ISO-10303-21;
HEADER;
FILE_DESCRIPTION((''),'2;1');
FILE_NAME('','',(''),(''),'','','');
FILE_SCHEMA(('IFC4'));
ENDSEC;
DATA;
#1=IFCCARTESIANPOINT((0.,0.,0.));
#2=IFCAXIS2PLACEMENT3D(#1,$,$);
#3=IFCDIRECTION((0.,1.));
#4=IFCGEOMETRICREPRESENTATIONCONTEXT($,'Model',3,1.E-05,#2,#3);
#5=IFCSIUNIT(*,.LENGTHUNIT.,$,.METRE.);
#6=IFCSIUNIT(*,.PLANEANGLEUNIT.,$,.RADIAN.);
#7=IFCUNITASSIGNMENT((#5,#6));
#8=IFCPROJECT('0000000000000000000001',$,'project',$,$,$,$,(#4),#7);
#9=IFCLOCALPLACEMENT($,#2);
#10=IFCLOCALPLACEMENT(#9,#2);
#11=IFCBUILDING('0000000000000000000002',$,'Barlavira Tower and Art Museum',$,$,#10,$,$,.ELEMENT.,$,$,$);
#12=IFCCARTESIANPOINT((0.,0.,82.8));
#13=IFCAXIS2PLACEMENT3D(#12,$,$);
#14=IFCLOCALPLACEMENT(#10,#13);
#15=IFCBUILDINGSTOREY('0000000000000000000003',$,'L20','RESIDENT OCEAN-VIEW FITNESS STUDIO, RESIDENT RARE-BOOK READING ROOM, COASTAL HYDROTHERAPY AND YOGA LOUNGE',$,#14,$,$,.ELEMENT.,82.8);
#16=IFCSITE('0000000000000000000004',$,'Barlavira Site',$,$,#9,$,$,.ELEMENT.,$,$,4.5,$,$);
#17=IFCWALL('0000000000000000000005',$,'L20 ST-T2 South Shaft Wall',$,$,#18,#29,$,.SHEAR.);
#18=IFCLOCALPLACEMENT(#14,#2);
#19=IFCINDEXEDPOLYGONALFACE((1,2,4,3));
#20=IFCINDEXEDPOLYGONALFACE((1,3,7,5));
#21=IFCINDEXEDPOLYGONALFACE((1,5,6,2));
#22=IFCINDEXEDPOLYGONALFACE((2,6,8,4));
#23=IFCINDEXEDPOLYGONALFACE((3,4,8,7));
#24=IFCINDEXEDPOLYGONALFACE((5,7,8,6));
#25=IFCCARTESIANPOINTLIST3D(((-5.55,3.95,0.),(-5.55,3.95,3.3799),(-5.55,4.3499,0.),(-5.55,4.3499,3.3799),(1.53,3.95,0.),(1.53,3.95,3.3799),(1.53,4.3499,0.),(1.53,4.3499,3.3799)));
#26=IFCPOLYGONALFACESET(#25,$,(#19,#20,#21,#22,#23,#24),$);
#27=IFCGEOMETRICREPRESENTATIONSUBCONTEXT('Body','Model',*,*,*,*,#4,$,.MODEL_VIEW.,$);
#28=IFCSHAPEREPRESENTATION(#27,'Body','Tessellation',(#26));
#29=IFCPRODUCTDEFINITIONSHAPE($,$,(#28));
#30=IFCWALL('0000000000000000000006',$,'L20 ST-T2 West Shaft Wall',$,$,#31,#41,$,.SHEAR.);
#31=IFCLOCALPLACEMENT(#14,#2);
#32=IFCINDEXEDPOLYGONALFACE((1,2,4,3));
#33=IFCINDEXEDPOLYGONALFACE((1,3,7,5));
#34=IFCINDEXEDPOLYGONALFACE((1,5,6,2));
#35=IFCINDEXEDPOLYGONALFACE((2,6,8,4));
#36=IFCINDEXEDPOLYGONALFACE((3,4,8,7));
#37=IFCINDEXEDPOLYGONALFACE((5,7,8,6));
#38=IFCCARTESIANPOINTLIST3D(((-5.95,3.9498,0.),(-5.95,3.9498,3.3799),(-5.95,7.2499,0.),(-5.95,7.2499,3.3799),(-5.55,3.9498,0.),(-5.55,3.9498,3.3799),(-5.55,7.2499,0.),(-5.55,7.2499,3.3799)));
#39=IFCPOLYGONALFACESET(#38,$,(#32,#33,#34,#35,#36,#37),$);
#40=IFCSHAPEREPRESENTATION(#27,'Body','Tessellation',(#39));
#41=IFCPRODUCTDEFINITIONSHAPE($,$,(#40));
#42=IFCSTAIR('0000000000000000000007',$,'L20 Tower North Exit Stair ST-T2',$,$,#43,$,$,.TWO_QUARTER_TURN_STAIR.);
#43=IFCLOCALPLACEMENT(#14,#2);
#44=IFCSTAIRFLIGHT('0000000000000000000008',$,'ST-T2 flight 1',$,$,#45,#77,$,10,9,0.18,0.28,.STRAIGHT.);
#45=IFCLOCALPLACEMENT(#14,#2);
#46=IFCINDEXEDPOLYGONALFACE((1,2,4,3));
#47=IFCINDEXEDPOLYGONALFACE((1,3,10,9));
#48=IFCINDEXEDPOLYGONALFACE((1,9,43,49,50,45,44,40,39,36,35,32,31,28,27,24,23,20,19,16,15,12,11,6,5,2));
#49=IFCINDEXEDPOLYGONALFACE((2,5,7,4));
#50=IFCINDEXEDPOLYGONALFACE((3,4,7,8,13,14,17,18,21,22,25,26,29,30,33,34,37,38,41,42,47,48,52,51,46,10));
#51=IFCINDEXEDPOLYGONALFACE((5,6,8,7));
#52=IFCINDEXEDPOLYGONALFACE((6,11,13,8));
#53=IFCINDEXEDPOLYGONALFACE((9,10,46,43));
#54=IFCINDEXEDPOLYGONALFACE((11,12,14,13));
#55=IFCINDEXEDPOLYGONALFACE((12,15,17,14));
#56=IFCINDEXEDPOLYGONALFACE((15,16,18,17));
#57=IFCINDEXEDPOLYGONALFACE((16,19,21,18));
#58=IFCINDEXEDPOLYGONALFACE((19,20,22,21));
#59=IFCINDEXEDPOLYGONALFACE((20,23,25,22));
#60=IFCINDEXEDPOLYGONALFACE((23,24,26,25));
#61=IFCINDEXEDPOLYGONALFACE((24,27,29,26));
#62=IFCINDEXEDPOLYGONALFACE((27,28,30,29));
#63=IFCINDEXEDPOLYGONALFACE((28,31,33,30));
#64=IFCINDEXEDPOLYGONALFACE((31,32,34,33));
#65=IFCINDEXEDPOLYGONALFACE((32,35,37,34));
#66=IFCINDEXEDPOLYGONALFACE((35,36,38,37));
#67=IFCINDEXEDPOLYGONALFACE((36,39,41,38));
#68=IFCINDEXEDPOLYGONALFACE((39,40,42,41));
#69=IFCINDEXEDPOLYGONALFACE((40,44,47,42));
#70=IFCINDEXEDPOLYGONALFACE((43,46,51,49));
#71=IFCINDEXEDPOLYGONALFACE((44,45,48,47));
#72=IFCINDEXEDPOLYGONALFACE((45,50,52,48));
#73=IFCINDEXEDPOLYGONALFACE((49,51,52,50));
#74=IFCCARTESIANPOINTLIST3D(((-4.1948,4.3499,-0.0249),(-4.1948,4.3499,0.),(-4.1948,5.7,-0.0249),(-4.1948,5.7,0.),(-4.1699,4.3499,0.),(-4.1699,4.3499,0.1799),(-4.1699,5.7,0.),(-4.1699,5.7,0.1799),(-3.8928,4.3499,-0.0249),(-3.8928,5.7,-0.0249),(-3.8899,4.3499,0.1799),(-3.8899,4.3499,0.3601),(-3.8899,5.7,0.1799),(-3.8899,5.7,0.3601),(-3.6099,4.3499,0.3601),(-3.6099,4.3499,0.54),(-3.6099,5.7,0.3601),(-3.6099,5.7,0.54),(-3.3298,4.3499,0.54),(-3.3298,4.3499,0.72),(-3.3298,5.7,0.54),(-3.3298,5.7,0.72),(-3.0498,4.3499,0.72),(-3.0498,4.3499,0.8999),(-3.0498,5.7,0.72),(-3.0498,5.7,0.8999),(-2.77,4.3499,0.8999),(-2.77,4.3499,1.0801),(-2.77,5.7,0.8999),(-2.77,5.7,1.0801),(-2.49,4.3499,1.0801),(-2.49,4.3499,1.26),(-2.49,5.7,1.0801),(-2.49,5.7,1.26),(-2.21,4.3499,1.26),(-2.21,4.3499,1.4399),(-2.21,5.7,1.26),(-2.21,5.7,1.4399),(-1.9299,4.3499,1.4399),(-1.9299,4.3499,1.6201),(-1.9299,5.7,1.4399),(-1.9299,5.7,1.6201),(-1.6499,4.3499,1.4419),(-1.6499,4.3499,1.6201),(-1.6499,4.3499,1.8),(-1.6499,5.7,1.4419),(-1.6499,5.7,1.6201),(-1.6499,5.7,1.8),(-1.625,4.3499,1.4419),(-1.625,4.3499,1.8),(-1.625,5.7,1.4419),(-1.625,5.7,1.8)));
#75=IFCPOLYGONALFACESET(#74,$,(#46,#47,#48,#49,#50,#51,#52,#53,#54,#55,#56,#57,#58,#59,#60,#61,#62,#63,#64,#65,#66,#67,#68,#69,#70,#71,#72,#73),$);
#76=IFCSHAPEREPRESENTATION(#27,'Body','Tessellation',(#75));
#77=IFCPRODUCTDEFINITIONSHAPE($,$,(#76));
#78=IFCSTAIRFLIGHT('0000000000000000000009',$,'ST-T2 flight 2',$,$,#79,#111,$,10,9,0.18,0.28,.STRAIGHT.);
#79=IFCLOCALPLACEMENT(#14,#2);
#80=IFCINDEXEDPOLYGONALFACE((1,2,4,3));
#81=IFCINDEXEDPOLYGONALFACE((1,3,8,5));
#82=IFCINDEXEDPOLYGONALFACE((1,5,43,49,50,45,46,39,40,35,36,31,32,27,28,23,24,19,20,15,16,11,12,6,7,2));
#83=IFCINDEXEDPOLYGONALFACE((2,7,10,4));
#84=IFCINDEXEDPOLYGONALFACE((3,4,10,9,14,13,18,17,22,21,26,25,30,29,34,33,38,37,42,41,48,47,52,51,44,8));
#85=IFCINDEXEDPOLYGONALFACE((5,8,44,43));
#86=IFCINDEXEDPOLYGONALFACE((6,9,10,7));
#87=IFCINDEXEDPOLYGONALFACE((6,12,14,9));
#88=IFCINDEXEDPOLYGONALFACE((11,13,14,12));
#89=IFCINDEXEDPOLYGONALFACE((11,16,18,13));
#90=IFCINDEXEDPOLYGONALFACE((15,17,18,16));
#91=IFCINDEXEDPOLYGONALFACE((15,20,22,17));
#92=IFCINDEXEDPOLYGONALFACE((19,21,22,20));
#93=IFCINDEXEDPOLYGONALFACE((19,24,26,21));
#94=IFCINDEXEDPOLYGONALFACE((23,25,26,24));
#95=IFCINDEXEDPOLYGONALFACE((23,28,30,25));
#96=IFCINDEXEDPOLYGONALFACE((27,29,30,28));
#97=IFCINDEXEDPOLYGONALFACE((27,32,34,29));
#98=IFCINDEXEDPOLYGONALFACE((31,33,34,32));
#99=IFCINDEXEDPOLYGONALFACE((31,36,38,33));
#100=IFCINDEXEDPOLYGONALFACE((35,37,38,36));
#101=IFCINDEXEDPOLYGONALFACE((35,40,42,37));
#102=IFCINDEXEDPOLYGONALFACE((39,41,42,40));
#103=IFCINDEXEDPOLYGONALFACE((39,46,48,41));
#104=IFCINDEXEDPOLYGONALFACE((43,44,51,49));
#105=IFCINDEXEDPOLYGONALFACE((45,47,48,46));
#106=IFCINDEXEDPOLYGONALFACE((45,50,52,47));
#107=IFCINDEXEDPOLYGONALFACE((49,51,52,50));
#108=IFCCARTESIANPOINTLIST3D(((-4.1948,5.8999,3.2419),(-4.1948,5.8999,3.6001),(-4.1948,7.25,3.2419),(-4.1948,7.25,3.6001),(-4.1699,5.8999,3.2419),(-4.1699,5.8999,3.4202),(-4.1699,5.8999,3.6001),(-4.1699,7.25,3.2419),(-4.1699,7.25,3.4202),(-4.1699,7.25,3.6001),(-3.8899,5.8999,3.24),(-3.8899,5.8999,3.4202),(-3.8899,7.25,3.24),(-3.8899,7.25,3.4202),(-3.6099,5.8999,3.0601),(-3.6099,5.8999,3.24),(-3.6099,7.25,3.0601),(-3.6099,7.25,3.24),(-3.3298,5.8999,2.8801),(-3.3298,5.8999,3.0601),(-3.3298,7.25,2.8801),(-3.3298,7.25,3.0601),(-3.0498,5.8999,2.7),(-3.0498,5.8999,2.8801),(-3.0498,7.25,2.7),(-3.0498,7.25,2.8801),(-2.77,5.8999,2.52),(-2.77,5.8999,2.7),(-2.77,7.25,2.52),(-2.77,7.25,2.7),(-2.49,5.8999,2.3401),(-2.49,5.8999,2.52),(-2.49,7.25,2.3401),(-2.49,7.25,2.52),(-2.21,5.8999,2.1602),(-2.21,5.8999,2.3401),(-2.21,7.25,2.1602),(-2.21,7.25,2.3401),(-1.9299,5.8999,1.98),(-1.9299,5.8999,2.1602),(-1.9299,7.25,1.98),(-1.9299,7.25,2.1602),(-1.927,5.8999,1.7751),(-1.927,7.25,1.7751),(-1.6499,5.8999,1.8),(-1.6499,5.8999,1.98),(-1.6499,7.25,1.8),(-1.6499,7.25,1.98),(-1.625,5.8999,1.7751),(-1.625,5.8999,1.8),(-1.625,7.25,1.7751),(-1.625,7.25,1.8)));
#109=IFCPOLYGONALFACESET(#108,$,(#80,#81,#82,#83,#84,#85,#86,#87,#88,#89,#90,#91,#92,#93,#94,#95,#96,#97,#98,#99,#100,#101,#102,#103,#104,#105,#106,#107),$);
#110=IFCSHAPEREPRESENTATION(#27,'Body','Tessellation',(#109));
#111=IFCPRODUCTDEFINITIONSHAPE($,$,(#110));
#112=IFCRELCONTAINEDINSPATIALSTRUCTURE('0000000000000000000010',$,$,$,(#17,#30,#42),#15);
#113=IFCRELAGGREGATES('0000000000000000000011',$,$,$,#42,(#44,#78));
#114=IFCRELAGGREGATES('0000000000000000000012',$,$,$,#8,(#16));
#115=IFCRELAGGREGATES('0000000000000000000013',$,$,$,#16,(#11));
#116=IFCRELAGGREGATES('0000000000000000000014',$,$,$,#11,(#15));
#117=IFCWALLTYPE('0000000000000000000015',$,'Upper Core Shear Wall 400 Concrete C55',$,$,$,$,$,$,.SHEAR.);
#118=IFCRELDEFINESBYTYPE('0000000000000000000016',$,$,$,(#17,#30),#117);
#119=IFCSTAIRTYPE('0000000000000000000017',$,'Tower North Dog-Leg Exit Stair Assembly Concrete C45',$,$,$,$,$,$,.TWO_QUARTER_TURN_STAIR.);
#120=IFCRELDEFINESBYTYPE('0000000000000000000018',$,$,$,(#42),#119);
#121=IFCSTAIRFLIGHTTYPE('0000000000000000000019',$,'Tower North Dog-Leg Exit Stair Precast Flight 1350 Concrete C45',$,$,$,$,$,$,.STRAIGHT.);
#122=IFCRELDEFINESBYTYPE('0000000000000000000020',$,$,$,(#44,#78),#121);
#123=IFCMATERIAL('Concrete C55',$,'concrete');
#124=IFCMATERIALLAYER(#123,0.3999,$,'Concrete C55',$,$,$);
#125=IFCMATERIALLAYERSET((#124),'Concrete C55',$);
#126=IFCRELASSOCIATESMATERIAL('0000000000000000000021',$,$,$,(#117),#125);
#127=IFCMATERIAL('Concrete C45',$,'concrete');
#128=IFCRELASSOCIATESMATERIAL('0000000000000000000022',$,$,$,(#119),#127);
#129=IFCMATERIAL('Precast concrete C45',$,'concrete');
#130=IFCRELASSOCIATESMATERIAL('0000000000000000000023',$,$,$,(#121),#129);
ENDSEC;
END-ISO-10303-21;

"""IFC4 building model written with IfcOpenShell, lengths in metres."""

from ifc_helpers import new_model, si_unit, direction, frame, frame_2d, origin, place, context, subcontext, project, spatial, polyline, rectangle, outline, extrude, material, layer, layer_set, type_object, element, aggregate, save


model = new_model("IFC4")

# Units and contexts
model_context = context("Model", 3, precision=1e-05, world=origin(), true_north=direction((0.0, 1.0)))
body_context = subcontext(model_context, "Body", "Model", "MODEL_VIEW")
ifc_project = project(units=[si_unit("LENGTHUNIT", "METRE"), si_unit("PLANEANGLEUNIT", "RADIAN")], contexts=[model_context])

# Site, building, storey
site_placement = place(None, origin())
site = spatial("IfcSite", under=ifc_project, at=site_placement, Name="Barlavira Site", CompositionType="ELEMENT", RefElevation=4.5)
building_placement = place(site_placement, origin())
building = spatial("IfcBuilding", under=site, at=building_placement, Name="Barlavira Tower and Art Museum", CompositionType="ELEMENT")
storey_placement = place(building_placement, frame((0.0, 0.0, 82.8)))
storey = spatial("IfcBuildingStorey", under=building, at=storey_placement, Name="L20", Description="RESIDENT OCEAN-VIEW FITNESS STUDIO, RESIDENT RARE-BOOK READING ROOM, COASTAL HYDROTHERAPY AND YOGA LOUNGE", CompositionType="ELEMENT", Elevation=82.8)

# Walls
ifc_material_1 = material(Name="Concrete C55", Category="concrete")
ifc_layer_1 = layer(ifc_material_1, 0.3999, Name="Concrete C55")
ifc_layer_set_1 = layer_set([ifc_layer_1], Name="Concrete C55")
wall_type_1 = type_object("IfcWallType", Name="Upper Core Shear Wall 400 Concrete C55", PredefinedType="SHEAR", material=ifc_layer_set_1)
wall_1_placement = place(storey_placement, frame((-5.55, 4.1499, 0.0), z_axis=(0.0, 0.0, 1.0), x_axis=(1.0, 0.0, 0.0)))
element("IfcWall", 1, at=wall_1_placement, inside=storey, type_object=wall_type_1, Name="L20 ST-T2 South Shaft Wall", PredefinedType="SHEAR", context=body_context, shape_type="SweptSolid", body=[
    extrude(rectangle(XDim=7.0801, YDim=0.3999, at=frame_2d((3.54, 0.0))), origin(), (0.0, 0.0, 1.0), 3.3799),
])
wall_2_placement = place(storey_placement, frame((-5.75, 3.95, 0.0), z_axis=(0.0, 0.0, 1.0), x_axis=(0.0, 1.0, 0.0)))
element("IfcWall", 2, at=wall_2_placement, inside=storey, type_object=wall_type_1, Name="L20 ST-T2 West Shaft Wall", PredefinedType="SHEAR", context=body_context, shape_type="SweptSolid", body=[
    extrude(rectangle(XDim=3.3, YDim=0.3999, at=frame_2d((1.6499, 0.0))), origin(), (0.0, 0.0, 1.0), 3.3799),
])

# Stair, stair flights
ifc_material_2 = material(Name="Concrete C45", Category="concrete")
stair_type = type_object("IfcStairType", Name="Tower North Dog-Leg Exit Stair Assembly Concrete C45", PredefinedType="TWO_QUARTER_TURN_STAIR", material=ifc_material_2)
stair_placement = place(storey_placement, origin())
stair = element("IfcStair", 3, at=stair_placement, inside=storey, type_object=stair_type, Name="L20 Tower North Exit Stair ST-T2", PredefinedType="TWO_QUARTER_TURN_STAIR")
ifc_material_3 = material(Name="Precast concrete C45", Category="concrete")
stair_flight_type = type_object("IfcStairFlightType", Name="Tower North Dog-Leg Exit Stair Precast Flight 1350 Concrete C45", PredefinedType="STRAIGHT", material=ifc_material_3)
stair_flight_1_placement = place(storey_placement, frame((-4.1699, 5.0249, 0.0), z_axis=(0.0, 0.0, 1.0), x_axis=(1.0, 0.0, 0.0)))
stair_flight_1 = element("IfcStairFlight", 4, at=stair_flight_1_placement, type_object=stair_flight_type, Name="ST-T2 flight 1", NumberOfRisers=10, NumberOfTreads=9, PredefinedType="STRAIGHT", RiserHeight=0.18, TreadLength=0.28, context=body_context, shape_type="SweptSolid", body=[
    extrude(outline(polyline([(-0.0249, 0.0), (0.0, 0.0), (0.0, 0.1799), (0.28, 0.1799), (0.28, 0.3601), (0.5601, 0.3601), (0.5601, 0.54), (0.8401, 0.54), (0.8401, 0.72), (1.1201, 0.72), (1.1201, 0.8999), (1.3999, 0.8999), (1.3999, 1.0801), (1.6799, 1.0801), (1.6799, 1.26), (1.96, 1.26), (1.96, 1.4399), (2.24, 1.4399), (2.24, 1.6201), (2.52, 1.6201), (2.52, 1.8), (2.5449, 1.8), (2.5449, 1.4419), (2.52, 1.4419), (0.2771, -0.0249), (-0.0249, -0.0249), (-0.0249, 0.0)])), frame((0.0, 0.675, 0.0), z_axis=(0.0, -1.0, 0.0), x_axis=(1.0, 0.0, 0.0)), (0.0, 0.0, 1.0), 1.3501),
])
stair_flight_2_placement = place(storey_placement, frame((-1.6499, 6.575, 1.8), z_axis=(0.0, 0.0, 1.0), x_axis=(-1.0, 0.0, 0.0)))
stair_flight_2 = element("IfcStairFlight", 5, at=stair_flight_2_placement, type_object=stair_flight_type, Name="ST-T2 flight 2", NumberOfRisers=10, NumberOfTreads=9, PredefinedType="STRAIGHT", RiserHeight=0.18, TreadLength=0.28, context=body_context, shape_type="SweptSolid", body=[
    extrude(outline(polyline([(-0.0249, 0.0), (0.0, 0.0), (0.0, 0.1799), (0.28, 0.1799), (0.28, 0.3601), (0.5601, 0.3601), (0.5601, 0.54), (0.8401, 0.54), (0.8401, 0.72), (1.1201, 0.72), (1.1201, 0.8999), (1.3999, 0.8999), (1.3999, 1.0801), (1.6799, 1.0801), (1.6799, 1.26), (1.96, 1.26), (1.96, 1.4399), (2.24, 1.4399), (2.24, 1.6201), (2.52, 1.6201), (2.52, 1.8), (2.5449, 1.8), (2.5449, 1.4419), (2.52, 1.4419), (0.2771, -0.0249), (-0.0249, -0.0249), (-0.0249, 0.0)])), frame((0.0, 0.675, 0.0), z_axis=(0.0, -1.0, 0.0), x_axis=(1.0, 0.0, 0.0)), (0.0, 0.0, 1.0), 1.3501),
])
aggregate(stair, [stair_flight_1, stair_flight_2])

save(model, "model.ifc")
